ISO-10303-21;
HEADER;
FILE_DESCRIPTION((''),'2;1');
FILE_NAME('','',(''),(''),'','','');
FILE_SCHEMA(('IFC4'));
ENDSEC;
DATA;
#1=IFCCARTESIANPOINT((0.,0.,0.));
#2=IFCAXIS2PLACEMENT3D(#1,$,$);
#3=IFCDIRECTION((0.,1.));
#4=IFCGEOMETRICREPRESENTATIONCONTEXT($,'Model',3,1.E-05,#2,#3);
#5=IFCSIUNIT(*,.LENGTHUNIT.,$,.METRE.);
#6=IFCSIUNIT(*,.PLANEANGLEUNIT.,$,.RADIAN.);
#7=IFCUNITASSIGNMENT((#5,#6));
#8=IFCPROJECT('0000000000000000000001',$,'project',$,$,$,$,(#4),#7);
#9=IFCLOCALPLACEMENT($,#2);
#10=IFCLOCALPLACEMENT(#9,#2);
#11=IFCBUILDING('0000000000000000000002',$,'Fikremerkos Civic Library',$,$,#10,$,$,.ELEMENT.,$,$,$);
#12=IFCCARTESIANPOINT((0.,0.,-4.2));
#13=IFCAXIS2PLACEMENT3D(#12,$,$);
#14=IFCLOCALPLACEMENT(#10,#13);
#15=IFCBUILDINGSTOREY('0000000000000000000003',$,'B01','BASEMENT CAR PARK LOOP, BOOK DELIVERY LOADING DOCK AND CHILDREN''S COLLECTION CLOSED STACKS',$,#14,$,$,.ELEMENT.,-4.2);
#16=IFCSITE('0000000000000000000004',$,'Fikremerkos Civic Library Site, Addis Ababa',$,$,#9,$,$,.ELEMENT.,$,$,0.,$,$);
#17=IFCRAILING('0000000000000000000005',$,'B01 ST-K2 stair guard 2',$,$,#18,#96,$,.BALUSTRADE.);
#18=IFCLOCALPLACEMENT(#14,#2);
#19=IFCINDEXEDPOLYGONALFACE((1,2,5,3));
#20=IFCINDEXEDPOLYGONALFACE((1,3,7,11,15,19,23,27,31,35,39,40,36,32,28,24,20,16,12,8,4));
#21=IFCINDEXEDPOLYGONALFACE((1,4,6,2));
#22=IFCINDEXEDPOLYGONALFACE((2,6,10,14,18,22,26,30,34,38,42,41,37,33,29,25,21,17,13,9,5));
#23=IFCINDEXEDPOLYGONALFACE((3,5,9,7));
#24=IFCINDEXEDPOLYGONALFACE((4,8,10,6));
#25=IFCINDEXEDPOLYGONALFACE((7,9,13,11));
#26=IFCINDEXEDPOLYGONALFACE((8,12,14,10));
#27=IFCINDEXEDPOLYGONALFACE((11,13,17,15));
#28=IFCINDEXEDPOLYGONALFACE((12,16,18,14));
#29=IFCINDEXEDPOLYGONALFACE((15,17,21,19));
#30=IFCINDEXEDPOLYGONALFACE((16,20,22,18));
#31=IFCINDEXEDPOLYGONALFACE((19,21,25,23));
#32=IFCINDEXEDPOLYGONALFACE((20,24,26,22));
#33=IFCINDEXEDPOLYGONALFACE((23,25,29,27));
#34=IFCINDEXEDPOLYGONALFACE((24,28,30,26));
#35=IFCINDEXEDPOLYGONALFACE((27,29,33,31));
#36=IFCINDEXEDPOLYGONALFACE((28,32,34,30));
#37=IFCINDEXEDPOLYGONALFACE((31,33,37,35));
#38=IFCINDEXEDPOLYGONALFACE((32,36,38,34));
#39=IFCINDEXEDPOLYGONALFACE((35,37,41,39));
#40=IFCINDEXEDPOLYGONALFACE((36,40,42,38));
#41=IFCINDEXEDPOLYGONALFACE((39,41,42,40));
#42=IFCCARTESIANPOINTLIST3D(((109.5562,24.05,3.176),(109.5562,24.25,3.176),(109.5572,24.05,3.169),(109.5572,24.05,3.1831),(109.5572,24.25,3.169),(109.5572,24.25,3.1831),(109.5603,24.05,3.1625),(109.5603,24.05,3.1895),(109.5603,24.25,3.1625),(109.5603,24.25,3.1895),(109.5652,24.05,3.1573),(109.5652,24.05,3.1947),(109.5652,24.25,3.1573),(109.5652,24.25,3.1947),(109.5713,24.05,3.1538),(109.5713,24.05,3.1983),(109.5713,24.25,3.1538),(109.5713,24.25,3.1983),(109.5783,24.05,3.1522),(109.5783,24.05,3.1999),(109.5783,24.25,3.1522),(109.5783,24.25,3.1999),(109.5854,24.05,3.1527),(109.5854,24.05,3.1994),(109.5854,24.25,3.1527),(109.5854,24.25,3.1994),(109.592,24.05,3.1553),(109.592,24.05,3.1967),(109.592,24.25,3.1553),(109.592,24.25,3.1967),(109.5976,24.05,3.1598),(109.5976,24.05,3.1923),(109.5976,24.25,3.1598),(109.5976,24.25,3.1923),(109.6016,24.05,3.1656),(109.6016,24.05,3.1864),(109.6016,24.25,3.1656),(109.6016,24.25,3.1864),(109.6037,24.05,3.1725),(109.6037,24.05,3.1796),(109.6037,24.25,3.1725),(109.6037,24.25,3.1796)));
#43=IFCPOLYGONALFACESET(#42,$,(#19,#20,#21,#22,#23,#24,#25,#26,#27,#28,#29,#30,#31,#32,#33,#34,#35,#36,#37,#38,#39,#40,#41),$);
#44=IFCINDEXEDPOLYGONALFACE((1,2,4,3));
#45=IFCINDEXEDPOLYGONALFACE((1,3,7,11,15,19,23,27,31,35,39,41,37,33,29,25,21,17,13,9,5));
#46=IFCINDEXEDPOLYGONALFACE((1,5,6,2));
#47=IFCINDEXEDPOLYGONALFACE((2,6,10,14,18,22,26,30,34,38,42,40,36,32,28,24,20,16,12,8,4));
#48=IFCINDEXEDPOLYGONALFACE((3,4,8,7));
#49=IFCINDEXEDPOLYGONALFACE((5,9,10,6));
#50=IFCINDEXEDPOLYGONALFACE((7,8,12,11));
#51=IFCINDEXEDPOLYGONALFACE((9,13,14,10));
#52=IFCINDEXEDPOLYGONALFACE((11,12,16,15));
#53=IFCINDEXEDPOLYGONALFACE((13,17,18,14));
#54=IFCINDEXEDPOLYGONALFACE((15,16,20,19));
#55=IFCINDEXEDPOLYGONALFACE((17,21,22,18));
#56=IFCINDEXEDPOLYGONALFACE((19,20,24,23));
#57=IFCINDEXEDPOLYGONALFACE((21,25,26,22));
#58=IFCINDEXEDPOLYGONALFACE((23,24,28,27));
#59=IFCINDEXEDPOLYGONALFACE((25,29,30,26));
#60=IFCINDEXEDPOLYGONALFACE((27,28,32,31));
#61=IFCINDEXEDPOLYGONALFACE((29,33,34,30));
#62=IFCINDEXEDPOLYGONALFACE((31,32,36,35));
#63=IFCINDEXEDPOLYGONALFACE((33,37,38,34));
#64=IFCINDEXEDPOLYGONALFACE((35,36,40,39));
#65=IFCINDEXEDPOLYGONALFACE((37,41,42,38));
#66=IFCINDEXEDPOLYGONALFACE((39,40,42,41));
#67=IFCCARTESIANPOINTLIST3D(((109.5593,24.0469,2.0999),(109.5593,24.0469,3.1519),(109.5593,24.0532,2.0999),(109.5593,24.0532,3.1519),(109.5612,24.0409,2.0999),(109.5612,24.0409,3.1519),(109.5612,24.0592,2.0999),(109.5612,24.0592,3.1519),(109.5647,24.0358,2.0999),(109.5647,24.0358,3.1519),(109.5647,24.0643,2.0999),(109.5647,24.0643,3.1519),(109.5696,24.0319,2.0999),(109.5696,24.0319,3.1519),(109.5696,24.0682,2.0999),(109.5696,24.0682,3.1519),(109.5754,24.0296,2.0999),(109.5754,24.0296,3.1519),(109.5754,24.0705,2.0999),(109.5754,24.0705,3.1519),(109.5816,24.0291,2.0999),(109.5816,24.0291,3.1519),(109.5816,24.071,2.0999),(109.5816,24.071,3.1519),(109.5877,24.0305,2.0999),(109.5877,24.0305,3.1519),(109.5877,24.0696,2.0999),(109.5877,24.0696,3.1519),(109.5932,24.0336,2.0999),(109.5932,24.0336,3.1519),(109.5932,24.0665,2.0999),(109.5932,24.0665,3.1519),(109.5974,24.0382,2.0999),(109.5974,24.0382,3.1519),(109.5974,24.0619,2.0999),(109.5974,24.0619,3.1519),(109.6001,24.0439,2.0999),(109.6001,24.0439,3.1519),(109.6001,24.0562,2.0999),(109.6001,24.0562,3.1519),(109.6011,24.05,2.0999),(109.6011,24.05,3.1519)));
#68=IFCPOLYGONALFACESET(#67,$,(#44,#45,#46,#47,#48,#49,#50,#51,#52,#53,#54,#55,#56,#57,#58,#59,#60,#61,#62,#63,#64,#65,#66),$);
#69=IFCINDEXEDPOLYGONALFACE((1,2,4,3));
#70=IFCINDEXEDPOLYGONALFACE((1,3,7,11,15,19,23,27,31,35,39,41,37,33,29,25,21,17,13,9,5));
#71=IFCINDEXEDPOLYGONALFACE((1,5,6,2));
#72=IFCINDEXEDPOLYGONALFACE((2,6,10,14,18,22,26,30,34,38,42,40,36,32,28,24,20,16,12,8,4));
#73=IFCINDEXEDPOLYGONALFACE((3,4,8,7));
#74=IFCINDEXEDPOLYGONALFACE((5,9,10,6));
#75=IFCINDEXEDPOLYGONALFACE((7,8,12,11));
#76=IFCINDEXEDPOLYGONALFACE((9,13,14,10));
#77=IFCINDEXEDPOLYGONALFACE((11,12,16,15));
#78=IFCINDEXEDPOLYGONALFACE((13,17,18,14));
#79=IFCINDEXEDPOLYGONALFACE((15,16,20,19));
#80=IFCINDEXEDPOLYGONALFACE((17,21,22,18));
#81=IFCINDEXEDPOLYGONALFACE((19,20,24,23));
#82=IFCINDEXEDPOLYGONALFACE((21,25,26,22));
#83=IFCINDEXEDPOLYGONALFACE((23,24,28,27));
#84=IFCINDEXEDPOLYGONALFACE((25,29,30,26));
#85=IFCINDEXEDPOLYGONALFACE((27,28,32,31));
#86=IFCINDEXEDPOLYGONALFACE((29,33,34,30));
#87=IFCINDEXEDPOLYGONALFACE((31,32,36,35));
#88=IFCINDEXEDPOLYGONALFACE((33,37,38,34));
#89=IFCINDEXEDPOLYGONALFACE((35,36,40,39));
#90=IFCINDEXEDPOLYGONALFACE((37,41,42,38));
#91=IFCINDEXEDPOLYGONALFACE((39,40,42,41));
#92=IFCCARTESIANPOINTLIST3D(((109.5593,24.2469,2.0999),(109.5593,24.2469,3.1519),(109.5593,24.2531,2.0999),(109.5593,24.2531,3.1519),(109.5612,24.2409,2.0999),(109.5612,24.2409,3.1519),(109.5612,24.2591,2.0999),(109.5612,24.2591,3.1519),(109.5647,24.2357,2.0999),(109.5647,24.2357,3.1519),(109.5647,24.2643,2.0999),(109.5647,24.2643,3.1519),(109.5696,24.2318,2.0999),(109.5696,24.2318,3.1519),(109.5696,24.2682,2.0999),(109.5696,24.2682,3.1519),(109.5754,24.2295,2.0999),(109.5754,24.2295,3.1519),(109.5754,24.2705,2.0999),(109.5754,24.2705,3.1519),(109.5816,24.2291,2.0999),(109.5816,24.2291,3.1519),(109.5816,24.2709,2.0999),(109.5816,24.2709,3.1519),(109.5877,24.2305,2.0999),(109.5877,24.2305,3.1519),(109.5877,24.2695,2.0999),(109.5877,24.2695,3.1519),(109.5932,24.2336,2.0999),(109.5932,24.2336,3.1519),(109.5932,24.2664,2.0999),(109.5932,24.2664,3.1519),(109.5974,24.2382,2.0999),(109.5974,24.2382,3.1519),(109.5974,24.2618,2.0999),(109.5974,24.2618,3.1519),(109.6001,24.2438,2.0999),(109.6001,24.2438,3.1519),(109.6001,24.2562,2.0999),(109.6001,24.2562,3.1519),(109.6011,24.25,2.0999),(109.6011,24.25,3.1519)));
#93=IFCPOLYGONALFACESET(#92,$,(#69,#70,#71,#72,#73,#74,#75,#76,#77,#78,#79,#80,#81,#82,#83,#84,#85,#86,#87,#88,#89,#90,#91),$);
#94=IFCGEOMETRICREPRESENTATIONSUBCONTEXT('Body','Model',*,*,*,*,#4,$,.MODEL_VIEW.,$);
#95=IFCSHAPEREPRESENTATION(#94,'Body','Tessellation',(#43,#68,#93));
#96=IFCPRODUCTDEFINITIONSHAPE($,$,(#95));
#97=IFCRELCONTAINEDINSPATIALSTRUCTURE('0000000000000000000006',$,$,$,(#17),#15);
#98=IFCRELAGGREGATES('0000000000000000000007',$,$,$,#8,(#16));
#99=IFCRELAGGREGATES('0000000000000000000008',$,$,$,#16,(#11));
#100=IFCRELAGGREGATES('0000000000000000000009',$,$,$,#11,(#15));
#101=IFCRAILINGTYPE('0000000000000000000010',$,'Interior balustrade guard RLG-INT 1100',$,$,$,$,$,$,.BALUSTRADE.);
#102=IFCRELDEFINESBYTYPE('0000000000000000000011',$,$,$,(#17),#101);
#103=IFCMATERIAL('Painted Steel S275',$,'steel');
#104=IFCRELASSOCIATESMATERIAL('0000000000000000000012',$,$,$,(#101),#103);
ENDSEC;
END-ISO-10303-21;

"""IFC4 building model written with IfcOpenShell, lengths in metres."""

from ifc_helpers import new_model, si_unit, direction, frame, origin, origin_2d, place, context, subcontext, project, spatial, circle, extrude, material, type_object, element, save


model = new_model("IFC4")

# Units and contexts
model_context = context("Model", 3, precision=1e-05, world=origin(), true_north=direction((0.0, 1.0)))
body_context = subcontext(model_context, "Body", "Model", "MODEL_VIEW")
ifc_project = project(units=[si_unit("LENGTHUNIT", "METRE"), si_unit("PLANEANGLEUNIT", "RADIAN")], contexts=[model_context])

# Site, building, storey
site_placement = place(None, origin())
site = spatial("IfcSite", under=ifc_project, at=site_placement, Name="Fikremerkos Civic Library Site, Addis Ababa", CompositionType="ELEMENT", RefElevation=0.0)
building_placement = place(site_placement, origin())
building = spatial("IfcBuilding", under=site, at=building_placement, Name="Fikremerkos Civic Library", CompositionType="ELEMENT")
storey_placement = place(building_placement, frame((0.0, 0.0, -4.2)))
storey = spatial("IfcBuildingStorey", under=building, at=storey_placement, Name="B01", Description="BASEMENT CAR PARK LOOP, BOOK DELIVERY LOADING DOCK AND CHILDREN'S COLLECTION CLOSED STACKS", CompositionType="ELEMENT", Elevation=-4.2)

# Railing
ifc_material_1 = material(Name="Painted Steel S275", Category="steel")
railing_type_1 = type_object("IfcRailingType", Name="Interior balustrade guard RLG-INT 1100", PredefinedType="BALUSTRADE", material=ifc_material_1)
railing_1_placement = place(storey_placement, frame((109.5801, 24.05, 2.0999)))
element("IfcRailing", 1, at=railing_1_placement, inside=storey, type_object=railing_type_1, Name="B01 ST-K2 stair guard 2", PredefinedType="BALUSTRADE", context=body_context, shape_type="SweptSolid", body=[
    extrude(circle(Radius=0.0239, at=origin_2d()), frame((0.0, 0.0, 1.0762), z_axis=(0.0, 1.0, 0.0), x_axis=(-1.0, 0.0, 0.0)), (0.0, 0.0, 1.0), 0.2),
    extrude(circle(Radius=0.021, at=origin_2d()), origin(), (0.0, 0.0, 1.0), 1.052),
    extrude(circle(Radius=0.021, at=origin_2d()), frame((0.0, 0.2, 0.0)), (0.0, 0.0, 1.0), 1.052),
])

save(model, "model.ifc")
